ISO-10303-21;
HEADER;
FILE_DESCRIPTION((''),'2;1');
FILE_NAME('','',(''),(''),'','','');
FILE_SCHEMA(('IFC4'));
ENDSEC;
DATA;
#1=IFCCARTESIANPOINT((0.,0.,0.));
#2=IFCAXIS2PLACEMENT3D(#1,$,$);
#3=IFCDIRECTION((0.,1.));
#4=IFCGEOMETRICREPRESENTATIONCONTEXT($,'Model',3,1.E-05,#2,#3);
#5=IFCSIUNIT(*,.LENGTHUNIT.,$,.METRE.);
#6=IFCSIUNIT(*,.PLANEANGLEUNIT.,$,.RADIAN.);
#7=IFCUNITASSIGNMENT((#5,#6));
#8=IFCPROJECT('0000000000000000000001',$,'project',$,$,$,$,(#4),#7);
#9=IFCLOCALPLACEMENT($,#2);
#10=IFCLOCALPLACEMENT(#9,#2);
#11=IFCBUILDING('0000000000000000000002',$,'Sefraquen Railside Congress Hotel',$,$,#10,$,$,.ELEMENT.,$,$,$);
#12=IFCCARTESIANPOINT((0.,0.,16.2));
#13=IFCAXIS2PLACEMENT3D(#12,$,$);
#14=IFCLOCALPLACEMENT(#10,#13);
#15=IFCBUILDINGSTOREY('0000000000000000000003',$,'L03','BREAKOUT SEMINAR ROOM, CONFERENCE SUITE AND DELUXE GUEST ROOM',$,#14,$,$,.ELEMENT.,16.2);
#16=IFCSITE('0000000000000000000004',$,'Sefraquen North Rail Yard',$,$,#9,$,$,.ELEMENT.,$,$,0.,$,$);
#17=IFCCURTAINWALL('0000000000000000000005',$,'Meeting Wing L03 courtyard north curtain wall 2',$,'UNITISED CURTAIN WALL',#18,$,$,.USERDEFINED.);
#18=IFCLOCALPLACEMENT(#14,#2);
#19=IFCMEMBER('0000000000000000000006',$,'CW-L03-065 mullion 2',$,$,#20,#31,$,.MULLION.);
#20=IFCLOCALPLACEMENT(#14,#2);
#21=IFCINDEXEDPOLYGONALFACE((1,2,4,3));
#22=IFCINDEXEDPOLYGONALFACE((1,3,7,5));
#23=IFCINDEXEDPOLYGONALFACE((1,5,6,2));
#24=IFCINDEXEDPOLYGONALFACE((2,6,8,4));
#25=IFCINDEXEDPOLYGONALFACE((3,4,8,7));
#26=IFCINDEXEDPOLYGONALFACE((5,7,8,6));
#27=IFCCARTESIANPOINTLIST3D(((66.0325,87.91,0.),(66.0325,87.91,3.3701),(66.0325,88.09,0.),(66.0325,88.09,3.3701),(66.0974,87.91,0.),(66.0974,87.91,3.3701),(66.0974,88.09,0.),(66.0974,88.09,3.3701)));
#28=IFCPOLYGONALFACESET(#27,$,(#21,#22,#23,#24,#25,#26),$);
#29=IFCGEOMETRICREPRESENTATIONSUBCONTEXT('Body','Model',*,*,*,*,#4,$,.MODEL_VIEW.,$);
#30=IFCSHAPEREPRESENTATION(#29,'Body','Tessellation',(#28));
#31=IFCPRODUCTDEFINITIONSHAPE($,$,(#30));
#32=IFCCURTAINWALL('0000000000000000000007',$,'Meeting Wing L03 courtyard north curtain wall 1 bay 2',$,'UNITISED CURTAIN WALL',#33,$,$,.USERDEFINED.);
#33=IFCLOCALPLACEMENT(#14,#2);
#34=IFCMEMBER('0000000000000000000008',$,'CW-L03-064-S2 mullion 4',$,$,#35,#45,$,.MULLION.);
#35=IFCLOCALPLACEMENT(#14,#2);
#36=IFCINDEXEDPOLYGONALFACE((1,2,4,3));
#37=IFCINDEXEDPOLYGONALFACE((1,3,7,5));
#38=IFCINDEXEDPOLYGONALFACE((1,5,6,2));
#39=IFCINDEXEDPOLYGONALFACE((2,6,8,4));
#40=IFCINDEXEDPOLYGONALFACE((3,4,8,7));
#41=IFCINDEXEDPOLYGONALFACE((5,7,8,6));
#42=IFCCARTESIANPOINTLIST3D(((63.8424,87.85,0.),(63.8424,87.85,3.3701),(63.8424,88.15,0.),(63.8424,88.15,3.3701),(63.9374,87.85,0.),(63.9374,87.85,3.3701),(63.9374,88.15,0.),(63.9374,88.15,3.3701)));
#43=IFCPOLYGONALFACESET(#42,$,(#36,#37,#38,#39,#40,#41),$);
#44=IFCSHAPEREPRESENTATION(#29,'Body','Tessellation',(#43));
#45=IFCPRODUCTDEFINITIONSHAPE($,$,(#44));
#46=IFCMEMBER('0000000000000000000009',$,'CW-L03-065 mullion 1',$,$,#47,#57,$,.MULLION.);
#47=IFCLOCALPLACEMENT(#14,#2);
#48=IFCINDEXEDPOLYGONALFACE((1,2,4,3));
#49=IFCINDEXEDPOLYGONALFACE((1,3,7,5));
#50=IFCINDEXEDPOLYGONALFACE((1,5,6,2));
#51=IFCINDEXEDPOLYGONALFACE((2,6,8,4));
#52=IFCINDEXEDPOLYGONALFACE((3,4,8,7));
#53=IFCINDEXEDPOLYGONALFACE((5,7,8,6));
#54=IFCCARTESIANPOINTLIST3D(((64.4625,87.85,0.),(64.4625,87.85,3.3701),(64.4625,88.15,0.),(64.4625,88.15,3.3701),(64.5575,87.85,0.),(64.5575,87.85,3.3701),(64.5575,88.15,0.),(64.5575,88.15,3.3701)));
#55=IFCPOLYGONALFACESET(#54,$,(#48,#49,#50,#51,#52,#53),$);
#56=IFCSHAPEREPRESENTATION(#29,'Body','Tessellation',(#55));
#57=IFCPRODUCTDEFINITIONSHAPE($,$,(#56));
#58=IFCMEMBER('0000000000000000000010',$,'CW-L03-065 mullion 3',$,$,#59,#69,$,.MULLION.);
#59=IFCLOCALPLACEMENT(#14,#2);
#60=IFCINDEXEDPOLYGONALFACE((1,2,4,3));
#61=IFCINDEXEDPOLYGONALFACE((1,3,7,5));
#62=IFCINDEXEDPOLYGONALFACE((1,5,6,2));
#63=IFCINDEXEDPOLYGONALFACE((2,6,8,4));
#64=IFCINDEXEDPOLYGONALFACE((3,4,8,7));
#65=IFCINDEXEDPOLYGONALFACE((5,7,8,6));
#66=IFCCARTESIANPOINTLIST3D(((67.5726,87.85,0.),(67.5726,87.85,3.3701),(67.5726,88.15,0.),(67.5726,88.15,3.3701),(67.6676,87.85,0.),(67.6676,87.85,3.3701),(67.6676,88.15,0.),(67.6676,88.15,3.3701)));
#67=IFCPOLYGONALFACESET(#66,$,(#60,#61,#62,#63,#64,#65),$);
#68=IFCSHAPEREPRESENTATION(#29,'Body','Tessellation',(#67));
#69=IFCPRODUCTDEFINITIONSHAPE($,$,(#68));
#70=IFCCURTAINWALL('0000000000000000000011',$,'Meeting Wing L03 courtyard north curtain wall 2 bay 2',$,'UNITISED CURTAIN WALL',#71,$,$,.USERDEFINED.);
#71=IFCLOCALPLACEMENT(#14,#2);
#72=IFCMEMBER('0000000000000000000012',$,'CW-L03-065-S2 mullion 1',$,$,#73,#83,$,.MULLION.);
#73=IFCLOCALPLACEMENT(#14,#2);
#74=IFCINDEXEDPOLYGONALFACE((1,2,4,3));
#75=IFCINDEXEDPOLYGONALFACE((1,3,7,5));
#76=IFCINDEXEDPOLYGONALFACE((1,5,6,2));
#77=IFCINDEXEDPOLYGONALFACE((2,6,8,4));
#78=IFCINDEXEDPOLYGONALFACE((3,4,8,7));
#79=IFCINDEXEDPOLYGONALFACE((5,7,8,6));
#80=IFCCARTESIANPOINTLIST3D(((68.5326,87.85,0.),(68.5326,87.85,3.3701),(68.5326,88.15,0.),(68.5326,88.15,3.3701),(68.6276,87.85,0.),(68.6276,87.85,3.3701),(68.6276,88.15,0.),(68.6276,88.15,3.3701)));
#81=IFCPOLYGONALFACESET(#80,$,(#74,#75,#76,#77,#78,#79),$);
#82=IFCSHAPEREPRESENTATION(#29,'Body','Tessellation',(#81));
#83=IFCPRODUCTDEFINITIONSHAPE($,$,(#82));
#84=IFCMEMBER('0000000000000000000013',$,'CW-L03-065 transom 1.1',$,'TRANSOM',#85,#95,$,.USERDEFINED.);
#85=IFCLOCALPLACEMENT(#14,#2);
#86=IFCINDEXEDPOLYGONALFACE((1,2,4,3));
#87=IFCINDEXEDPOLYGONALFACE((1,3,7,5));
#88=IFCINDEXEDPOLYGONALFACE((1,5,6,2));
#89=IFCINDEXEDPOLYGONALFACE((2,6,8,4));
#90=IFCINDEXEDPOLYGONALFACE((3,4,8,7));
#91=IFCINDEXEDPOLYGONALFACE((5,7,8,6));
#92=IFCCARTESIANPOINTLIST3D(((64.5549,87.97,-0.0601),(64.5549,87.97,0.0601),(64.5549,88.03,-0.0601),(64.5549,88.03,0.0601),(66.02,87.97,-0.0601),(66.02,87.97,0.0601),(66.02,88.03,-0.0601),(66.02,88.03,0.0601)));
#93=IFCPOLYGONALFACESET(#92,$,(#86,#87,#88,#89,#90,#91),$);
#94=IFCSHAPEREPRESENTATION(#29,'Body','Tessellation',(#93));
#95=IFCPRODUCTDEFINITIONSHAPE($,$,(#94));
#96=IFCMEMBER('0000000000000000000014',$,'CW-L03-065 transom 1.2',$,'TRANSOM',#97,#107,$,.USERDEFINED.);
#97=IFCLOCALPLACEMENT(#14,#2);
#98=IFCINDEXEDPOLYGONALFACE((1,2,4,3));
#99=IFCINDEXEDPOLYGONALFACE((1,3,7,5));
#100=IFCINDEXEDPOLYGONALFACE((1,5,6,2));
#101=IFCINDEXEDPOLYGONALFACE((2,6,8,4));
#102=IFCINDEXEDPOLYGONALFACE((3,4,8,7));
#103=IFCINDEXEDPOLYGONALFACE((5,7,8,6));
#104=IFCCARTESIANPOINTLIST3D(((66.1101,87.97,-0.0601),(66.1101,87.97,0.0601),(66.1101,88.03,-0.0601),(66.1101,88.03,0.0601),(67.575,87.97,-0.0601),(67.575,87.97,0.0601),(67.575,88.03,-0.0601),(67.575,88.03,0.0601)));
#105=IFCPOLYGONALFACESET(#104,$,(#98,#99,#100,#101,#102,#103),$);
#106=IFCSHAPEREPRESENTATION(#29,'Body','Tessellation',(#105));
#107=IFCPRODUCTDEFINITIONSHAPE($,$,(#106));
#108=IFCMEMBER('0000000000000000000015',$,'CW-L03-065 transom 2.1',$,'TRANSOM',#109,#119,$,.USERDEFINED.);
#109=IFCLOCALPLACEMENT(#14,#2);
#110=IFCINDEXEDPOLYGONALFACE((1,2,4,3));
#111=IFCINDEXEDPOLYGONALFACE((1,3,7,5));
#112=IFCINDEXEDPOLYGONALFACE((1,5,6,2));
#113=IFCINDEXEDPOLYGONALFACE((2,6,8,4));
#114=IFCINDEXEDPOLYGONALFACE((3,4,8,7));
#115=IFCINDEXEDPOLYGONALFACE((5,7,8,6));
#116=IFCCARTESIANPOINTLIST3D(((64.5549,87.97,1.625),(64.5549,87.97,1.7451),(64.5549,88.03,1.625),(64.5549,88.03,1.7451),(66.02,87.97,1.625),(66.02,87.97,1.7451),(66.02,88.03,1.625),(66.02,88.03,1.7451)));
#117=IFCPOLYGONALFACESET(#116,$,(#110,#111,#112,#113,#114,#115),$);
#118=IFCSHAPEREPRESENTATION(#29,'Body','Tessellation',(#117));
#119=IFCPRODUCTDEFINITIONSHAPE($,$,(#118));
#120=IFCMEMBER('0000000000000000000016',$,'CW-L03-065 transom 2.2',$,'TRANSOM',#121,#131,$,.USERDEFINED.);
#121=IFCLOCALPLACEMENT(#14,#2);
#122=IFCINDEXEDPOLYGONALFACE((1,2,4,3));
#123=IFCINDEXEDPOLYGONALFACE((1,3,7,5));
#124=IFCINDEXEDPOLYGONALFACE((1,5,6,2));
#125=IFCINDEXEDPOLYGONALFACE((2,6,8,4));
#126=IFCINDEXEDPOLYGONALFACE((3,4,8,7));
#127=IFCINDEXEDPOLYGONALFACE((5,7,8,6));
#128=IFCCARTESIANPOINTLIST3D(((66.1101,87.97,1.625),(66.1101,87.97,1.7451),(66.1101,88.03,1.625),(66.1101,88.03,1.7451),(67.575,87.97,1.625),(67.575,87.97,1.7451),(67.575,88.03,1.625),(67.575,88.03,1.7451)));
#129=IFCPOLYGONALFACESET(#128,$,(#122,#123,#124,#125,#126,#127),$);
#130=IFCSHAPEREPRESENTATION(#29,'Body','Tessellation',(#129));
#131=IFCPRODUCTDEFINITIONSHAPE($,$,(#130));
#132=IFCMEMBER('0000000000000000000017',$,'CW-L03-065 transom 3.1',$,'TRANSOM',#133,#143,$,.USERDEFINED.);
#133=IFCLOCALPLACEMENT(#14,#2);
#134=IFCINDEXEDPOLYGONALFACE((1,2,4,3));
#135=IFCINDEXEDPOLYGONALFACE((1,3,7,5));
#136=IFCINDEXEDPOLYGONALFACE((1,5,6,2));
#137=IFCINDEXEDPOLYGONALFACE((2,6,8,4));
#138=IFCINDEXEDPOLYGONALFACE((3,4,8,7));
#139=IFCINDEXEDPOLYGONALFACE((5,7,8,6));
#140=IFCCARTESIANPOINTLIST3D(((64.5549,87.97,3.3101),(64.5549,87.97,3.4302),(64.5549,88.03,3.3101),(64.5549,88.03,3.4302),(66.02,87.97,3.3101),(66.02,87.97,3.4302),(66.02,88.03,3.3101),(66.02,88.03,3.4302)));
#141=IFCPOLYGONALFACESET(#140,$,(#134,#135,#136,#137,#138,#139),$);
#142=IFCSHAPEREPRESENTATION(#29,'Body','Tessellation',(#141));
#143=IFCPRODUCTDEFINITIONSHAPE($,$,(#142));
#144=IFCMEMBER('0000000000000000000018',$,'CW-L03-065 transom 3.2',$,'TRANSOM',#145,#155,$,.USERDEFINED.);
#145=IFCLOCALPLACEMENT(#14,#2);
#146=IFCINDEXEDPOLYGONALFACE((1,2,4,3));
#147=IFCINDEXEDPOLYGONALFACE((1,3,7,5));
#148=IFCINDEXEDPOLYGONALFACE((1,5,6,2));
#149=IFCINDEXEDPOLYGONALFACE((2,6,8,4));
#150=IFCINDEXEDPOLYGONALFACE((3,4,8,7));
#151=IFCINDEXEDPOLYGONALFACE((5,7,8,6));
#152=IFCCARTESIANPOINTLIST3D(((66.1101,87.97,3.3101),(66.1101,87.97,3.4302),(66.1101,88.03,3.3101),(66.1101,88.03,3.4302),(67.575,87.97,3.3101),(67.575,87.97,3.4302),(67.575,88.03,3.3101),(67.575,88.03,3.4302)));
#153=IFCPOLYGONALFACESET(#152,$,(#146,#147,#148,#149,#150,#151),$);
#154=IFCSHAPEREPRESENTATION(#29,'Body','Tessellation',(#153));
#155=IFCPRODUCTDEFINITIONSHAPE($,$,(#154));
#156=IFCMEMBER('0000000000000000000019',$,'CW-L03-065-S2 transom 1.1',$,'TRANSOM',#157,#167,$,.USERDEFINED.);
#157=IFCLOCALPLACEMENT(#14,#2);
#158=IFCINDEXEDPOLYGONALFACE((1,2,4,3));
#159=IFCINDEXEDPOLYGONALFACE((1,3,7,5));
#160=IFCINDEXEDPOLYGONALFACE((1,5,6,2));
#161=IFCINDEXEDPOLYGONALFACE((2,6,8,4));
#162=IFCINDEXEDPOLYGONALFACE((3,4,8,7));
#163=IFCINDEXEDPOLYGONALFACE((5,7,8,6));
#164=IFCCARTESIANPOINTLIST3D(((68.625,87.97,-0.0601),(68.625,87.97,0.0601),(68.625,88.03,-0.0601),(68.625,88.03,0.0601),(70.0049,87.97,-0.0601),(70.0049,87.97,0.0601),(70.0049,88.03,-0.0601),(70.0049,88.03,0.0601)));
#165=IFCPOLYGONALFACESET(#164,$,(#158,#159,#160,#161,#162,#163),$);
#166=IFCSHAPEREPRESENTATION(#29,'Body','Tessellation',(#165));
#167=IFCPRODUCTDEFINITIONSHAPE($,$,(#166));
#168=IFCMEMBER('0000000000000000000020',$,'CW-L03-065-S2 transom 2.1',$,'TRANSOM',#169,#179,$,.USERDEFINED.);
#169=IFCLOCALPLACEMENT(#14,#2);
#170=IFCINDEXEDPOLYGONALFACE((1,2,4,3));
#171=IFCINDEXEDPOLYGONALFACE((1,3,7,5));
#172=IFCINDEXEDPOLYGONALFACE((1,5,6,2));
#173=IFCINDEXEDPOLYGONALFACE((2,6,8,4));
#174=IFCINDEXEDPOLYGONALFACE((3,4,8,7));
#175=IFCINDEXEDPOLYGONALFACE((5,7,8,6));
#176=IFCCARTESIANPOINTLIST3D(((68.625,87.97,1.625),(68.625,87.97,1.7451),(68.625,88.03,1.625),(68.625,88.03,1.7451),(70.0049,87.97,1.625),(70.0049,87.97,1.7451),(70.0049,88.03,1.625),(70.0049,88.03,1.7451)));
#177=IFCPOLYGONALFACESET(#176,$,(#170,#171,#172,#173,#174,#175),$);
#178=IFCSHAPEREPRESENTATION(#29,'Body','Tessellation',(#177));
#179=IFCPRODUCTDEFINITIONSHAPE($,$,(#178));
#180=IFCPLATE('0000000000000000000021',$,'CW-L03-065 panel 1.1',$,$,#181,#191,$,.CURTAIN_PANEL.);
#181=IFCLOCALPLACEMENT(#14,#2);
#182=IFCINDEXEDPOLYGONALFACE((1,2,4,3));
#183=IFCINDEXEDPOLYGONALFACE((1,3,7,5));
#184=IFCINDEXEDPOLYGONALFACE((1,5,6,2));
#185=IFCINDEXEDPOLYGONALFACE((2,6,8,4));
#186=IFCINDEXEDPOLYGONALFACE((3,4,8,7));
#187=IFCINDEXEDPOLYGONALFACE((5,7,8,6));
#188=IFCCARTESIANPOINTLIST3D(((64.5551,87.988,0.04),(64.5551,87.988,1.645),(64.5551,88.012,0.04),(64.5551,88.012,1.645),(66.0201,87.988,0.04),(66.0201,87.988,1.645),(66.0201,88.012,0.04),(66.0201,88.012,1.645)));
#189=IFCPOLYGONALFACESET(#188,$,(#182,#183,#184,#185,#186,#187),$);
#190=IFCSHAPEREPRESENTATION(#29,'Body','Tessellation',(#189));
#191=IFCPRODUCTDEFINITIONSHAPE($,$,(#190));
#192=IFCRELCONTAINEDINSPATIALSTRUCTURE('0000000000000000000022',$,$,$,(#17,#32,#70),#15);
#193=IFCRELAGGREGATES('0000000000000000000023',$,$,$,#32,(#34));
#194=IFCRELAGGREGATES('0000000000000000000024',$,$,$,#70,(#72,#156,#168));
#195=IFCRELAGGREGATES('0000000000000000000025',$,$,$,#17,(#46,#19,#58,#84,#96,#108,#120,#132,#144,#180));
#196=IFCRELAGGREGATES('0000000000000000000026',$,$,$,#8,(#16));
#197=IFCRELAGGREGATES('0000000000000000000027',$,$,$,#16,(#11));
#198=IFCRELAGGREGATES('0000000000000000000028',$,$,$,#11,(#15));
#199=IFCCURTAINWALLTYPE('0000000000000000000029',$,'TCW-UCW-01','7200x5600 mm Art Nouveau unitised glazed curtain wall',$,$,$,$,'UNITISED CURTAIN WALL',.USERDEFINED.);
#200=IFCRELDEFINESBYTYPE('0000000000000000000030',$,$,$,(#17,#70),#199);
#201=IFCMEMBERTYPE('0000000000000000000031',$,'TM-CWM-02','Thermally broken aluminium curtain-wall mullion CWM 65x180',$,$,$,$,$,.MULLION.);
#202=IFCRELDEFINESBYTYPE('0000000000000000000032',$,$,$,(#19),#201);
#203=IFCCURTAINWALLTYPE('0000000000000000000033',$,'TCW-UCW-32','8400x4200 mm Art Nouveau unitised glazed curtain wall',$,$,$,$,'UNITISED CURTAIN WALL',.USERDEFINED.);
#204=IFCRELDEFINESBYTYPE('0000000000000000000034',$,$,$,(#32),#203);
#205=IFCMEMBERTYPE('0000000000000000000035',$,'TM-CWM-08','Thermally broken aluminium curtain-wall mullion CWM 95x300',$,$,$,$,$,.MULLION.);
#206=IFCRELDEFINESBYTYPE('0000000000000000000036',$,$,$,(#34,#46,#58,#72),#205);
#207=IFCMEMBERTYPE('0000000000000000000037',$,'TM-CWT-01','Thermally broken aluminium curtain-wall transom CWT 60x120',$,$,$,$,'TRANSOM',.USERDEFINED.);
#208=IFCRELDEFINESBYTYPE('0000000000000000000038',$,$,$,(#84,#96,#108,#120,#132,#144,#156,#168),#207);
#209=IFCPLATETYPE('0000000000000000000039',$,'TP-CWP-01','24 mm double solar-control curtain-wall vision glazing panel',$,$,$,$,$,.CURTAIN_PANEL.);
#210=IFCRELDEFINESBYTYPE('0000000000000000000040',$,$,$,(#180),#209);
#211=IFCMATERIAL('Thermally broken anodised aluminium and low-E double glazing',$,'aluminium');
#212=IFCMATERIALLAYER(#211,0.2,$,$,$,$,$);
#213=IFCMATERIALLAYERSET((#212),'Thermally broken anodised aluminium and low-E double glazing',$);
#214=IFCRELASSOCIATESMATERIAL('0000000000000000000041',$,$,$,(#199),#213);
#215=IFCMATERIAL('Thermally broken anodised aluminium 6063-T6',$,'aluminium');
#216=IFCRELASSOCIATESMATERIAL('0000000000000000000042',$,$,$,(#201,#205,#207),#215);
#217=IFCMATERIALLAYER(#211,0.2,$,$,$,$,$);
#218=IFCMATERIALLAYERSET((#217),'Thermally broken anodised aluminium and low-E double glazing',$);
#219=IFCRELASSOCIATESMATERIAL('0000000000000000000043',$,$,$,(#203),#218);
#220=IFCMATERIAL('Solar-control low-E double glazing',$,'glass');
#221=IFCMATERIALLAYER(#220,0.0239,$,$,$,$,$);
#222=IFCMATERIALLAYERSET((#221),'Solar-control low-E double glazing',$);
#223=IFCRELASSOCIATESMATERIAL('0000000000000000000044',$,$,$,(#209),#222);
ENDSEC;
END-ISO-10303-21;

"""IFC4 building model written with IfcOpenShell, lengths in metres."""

from ifc_helpers import new_model, si_unit, direction, frame, origin, origin_2d, place, context, subcontext, project, spatial, rectangle, extrude, material, layer, layer_set, material_profile, profile_set, type_object, element, aggregate, save


model = new_model("IFC4")

# Units and contexts
model_context = context("Model", 3, precision=1e-05, world=origin(), true_north=direction((0.0, 1.0)))
body_context = subcontext(model_context, "Body", "Model", "MODEL_VIEW")
ifc_project = project(units=[si_unit("LENGTHUNIT", "METRE"), si_unit("PLANEANGLEUNIT", "RADIAN")], contexts=[model_context])

# Site, building, storey
site_placement = place(None, origin())
site = spatial("IfcSite", under=ifc_project, at=site_placement, Name="Sefraquen North Rail Yard", CompositionType="ELEMENT", RefElevation=0.0)
building_placement = place(site_placement, origin())
building = spatial("IfcBuilding", under=site, at=building_placement, Name="Sefraquen Railside Congress Hotel", CompositionType="ELEMENT")
storey_placement = place(building_placement, frame((0.0, 0.0, 16.2)))
storey = spatial("IfcBuildingStorey", under=building, at=storey_placement, Name="L03", Description="BREAKOUT SEMINAR ROOM, CONFERENCE SUITE AND DELUXE GUEST ROOM", CompositionType="ELEMENT", Elevation=16.2)

# Curtain walls, members
ifc_material_1 = material(Name="Thermally broken anodised aluminium and low-E double glazing", Category="aluminium")
ifc_layer_1 = layer(ifc_material_1, 0.2)
ifc_layer_set_1 = layer_set([ifc_layer_1], Name="Thermally broken anodised aluminium and low-E double glazing")
curtain_wall_type_1 = type_object("IfcCurtainWallType", Name="TCW-UCW-01", Description="7200x5600 mm Art Nouveau unitised glazed curtain wall", ElementType="UNITISED CURTAIN WALL", PredefinedType="USERDEFINED", material=ifc_layer_set_1)
curtain_wall_1_placement = place(storey_placement, origin())
curtain_wall_1 = element("IfcCurtainWall", 1, at=curtain_wall_1_placement, inside=storey, type_object=curtain_wall_type_1, Name="Meeting Wing L03 courtyard north curtain wall 2", ObjectType="UNITISED CURTAIN WALL", PredefinedType="USERDEFINED")
ifc_material_2 = material(Name="Thermally broken anodised aluminium 6063-T6", Category="aluminium")
ifc_material_profile_1 = material_profile(ifc_material_2, rectangle(XDim=0.0649, YDim=0.1799, at=origin_2d()), Name="CWM 65x180")
ifc_profile_set_1 = profile_set([ifc_material_profile_1], Name="Thermally broken anodised aluminium 6063-T6")
member_type_1 = type_object("IfcMemberType", Name="TM-CWM-02", Description="Thermally broken aluminium curtain-wall mullion CWM 65x180", PredefinedType="MULLION", material=ifc_profile_set_1)
member_1_placement = place(storey_placement, frame((66.0649, 88.0, 0.0), z_axis=(0.0, 0.0, 1.0), x_axis=(1.0, 0.0, 0.0)))
member_1 = element("IfcMember", 2, at=member_1_placement, type_object=member_type_1, Name="CW-L03-065 mullion 2", PredefinedType="MULLION", context=body_context, shape_type="SweptSolid", body=[
    extrude(rectangle(XDim=0.0649, YDim=0.1799, at=origin_2d()), origin(), (0.0, 0.0, 1.0), 3.3701),
])
ifc_layer_2 = layer(ifc_material_1, 0.2)
ifc_layer_set_2 = layer_set([ifc_layer_2], Name="Thermally broken anodised aluminium and low-E double glazing")
curtain_wall_type_2 = type_object("IfcCurtainWallType", Name="TCW-UCW-32", Description="8400x4200 mm Art Nouveau unitised glazed curtain wall", ElementType="UNITISED CURTAIN WALL", PredefinedType="USERDEFINED", material=ifc_layer_set_2)
curtain_wall_2_placement = place(storey_placement, origin())
curtain_wall_2 = element("IfcCurtainWall", 3, at=curtain_wall_2_placement, inside=storey, type_object=curtain_wall_type_2, Name="Meeting Wing L03 courtyard north curtain wall 1 bay 2", ObjectType="UNITISED CURTAIN WALL", PredefinedType="USERDEFINED")
ifc_material_profile_2 = material_profile(ifc_material_2, rectangle(XDim=0.095, YDim=0.3, at=origin_2d()), Name="CWM 95x300")
ifc_profile_set_2 = profile_set([ifc_material_profile_2], Name="Thermally broken anodised aluminium 6063-T6")
member_type_2 = type_object("IfcMemberType", Name="TM-CWM-08", Description="Thermally broken aluminium curtain-wall mullion CWM 95x300", PredefinedType="MULLION", material=ifc_profile_set_2)
member_2_placement = place(storey_placement, frame((63.8899, 88.0, 0.0), z_axis=(0.0, 0.0, 1.0), x_axis=(1.0, 0.0, 0.0)))
member_2 = element("IfcMember", 4, at=member_2_placement, type_object=member_type_2, Name="CW-L03-064-S2 mullion 4", PredefinedType="MULLION", context=body_context, shape_type="SweptSolid", body=[
    extrude(rectangle(XDim=0.095, YDim=0.3, at=origin_2d()), origin(), (0.0, 0.0, 1.0), 3.3701),
])
aggregate(curtain_wall_2, [member_2])

# Members
member_3_placement = place(storey_placement, frame((64.51, 88.0, 0.0), z_axis=(0.0, 0.0, 1.0), x_axis=(1.0, 0.0, 0.0)))
member_3 = element("IfcMember", 5, at=member_3_placement, type_object=member_type_2, Name="CW-L03-065 mullion 1", PredefinedType="MULLION", context=body_context, shape_type="SweptSolid", body=[
    extrude(rectangle(XDim=0.095, YDim=0.3, at=origin_2d()), origin(), (0.0, 0.0, 1.0), 3.3701),
])
member_4_placement = place(storey_placement, frame((67.6201, 88.0, 0.0), z_axis=(0.0, 0.0, 1.0), x_axis=(1.0, 0.0, 0.0)))
member_4 = element("IfcMember", 6, at=member_4_placement, type_object=member_type_2, Name="CW-L03-065 mullion 3", PredefinedType="MULLION", context=body_context, shape_type="SweptSolid", body=[
    extrude(rectangle(XDim=0.095, YDim=0.3, at=origin_2d()), origin(), (0.0, 0.0, 1.0), 3.3701),
])

# Curtain wall, member
curtain_wall_3_placement = place(storey_placement, origin())
curtain_wall_3 = element("IfcCurtainWall", 7, at=curtain_wall_3_placement, inside=storey, type_object=curtain_wall_type_1, Name="Meeting Wing L03 courtyard north curtain wall 2 bay 2", ObjectType="UNITISED CURTAIN WALL", PredefinedType="USERDEFINED")
member_5_placement = place(storey_placement, frame((68.5801, 88.0, 0.0), z_axis=(0.0, 0.0, 1.0), x_axis=(1.0, 0.0, 0.0)))
member_5 = element("IfcMember", 8, at=member_5_placement, type_object=member_type_2, Name="CW-L03-065-S2 mullion 1", PredefinedType="MULLION", context=body_context, shape_type="SweptSolid", body=[
    extrude(rectangle(XDim=0.095, YDim=0.3, at=origin_2d()), origin(), (0.0, 0.0, 1.0), 3.3701),
])

# Members
ifc_material_profile_3 = material_profile(ifc_material_2, rectangle(XDim=0.0601, YDim=0.1201, at=origin_2d()), Name="CWT 60x120")
ifc_profile_set_3 = profile_set([ifc_material_profile_3], Name="Thermally broken anodised aluminium 6063-T6")
member_type_3 = type_object("IfcMemberType", Name="TM-CWT-01", Description="Thermally broken aluminium curtain-wall transom CWT 60x120", ElementType="TRANSOM", PredefinedType="USERDEFINED", material=ifc_profile_set_3)
member_6_placement = place(storey_placement, frame((64.5549, 88.0, 0.0), z_axis=(1.0, 0.0, 0.0), x_axis=(0.0, 1.0, 0.0)))
member_6 = element("IfcMember", 9, at=member_6_placement, type_object=member_type_3, Name="CW-L03-065 transom 1.1", ObjectType="TRANSOM", PredefinedType="USERDEFINED", context=body_context, shape_type="SweptSolid", body=[
    extrude(rectangle(XDim=0.0601, YDim=0.1201, at=origin_2d()), origin(), (0.0, 0.0, 1.0), 1.4651),
])
member_7_placement = place(storey_placement, frame((66.1101, 88.0, 0.0), z_axis=(1.0, 0.0, 0.0), x_axis=(0.0, 1.0, 0.0)))
member_7 = element("IfcMember", 10, at=member_7_placement, type_object=member_type_3, Name="CW-L03-065 transom 1.2", ObjectType="TRANSOM", PredefinedType="USERDEFINED", context=body_context, shape_type="SweptSolid", body=[
    extrude(rectangle(XDim=0.0601, YDim=0.1201, at=origin_2d()), origin(), (0.0, 0.0, 1.0), 1.4648),
])
member_8_placement = place(storey_placement, frame((64.5549, 88.0, 1.6851), z_axis=(1.0, 0.0, 0.0), x_axis=(0.0, 1.0, 0.0)))
member_8 = element("IfcMember", 11, at=member_8_placement, type_object=member_type_3, Name="CW-L03-065 transom 2.1", ObjectType="TRANSOM", PredefinedType="USERDEFINED", context=body_context, shape_type="SweptSolid", body=[
    extrude(rectangle(XDim=0.0601, YDim=0.1201, at=origin_2d()), origin(), (0.0, 0.0, 1.0), 1.4651),
])
member_9_placement = place(storey_placement, frame((66.1101, 88.0, 1.6851), z_axis=(1.0, 0.0, 0.0), x_axis=(0.0, 1.0, 0.0)))
member_9 = element("IfcMember", 12, at=member_9_placement, type_object=member_type_3, Name="CW-L03-065 transom 2.2", ObjectType="TRANSOM", PredefinedType="USERDEFINED", context=body_context, shape_type="SweptSolid", body=[
    extrude(rectangle(XDim=0.0601, YDim=0.1201, at=origin_2d()), origin(), (0.0, 0.0, 1.0), 1.4648),
])
member_10_placement = place(storey_placement, frame((64.5549, 88.0, 3.3701), z_axis=(1.0, 0.0, 0.0), x_axis=(0.0, 1.0, 0.0)))
member_10 = element("IfcMember", 13, at=member_10_placement, type_object=member_type_3, Name="CW-L03-065 transom 3.1", ObjectType="TRANSOM", PredefinedType="USERDEFINED", context=body_context, shape_type="SweptSolid", body=[
    extrude(rectangle(XDim=0.0601, YDim=0.1201, at=origin_2d()), origin(), (0.0, 0.0, 1.0), 1.4651),
])
member_11_placement = place(storey_placement, frame((66.1101, 88.0, 3.3701), z_axis=(1.0, 0.0, 0.0), x_axis=(0.0, 1.0, 0.0)))
member_11 = element("IfcMember", 14, at=member_11_placement, type_object=member_type_3, Name="CW-L03-065 transom 3.2", ObjectType="TRANSOM", PredefinedType="USERDEFINED", context=body_context, shape_type="SweptSolid", body=[
    extrude(rectangle(XDim=0.0601, YDim=0.1201, at=origin_2d()), origin(), (0.0, 0.0, 1.0), 1.4648),
])
member_12_placement = place(storey_placement, frame((68.625, 88.0, 0.0), z_axis=(1.0, 0.0, 0.0), x_axis=(0.0, 1.0, 0.0)))
member_12 = element("IfcMember", 15, at=member_12_placement, type_object=member_type_3, Name="CW-L03-065-S2 transom 1.1", ObjectType="TRANSOM", PredefinedType="USERDEFINED", context=body_context, shape_type="SweptSolid", body=[
    extrude(rectangle(XDim=0.0601, YDim=0.1201, at=origin_2d()), origin(), (0.0, 0.0, 1.0), 1.3799),
])
member_13_placement = place(storey_placement, frame((68.625, 88.0, 1.6851), z_axis=(1.0, 0.0, 0.0), x_axis=(0.0, 1.0, 0.0)))
member_13 = element("IfcMember", 16, at=member_13_placement, type_object=member_type_3, Name="CW-L03-065-S2 transom 2.1", ObjectType="TRANSOM", PredefinedType="USERDEFINED", context=body_context, shape_type="SweptSolid", body=[
    extrude(rectangle(XDim=0.0601, YDim=0.1201, at=origin_2d()), origin(), (0.0, 0.0, 1.0), 1.3799),
])
aggregate(curtain_wall_3, [member_5, member_12, member_13])

# Plate
ifc_material_3 = material(Name="Solar-control low-E double glazing", Category="glass")
ifc_layer_3 = layer(ifc_material_3, 0.0239)
ifc_layer_set_3 = layer_set([ifc_layer_3], Name="Solar-control low-E double glazing")
plate_type_1 = type_object("IfcPlateType", Name="TP-CWP-01", Description="24 mm double solar-control curtain-wall vision glazing panel", PredefinedType="CURTAIN_PANEL", material=ifc_layer_set_3)
plate_1_placement = place(storey_placement, frame((65.2876, 88.0, 0.04), z_axis=(0.0, 0.0, 1.0), x_axis=(1.0, 0.0, 0.0)))
plate_1 = element("IfcPlate", 17, at=plate_1_placement, type_object=plate_type_1, Name="CW-L03-065 panel 1.1", PredefinedType="CURTAIN_PANEL", context=body_context, shape_type="SweptSolid", body=[
    extrude(rectangle(XDim=1.4651, YDim=0.0239, at=origin_2d()), origin(), (0.0, 0.0, 1.0), 1.605),
])
aggregate(curtain_wall_1, [member_3, member_1, member_4, member_6, member_7, member_8, member_9, member_10, member_11, plate_1])

save(model, "model.ifc")
